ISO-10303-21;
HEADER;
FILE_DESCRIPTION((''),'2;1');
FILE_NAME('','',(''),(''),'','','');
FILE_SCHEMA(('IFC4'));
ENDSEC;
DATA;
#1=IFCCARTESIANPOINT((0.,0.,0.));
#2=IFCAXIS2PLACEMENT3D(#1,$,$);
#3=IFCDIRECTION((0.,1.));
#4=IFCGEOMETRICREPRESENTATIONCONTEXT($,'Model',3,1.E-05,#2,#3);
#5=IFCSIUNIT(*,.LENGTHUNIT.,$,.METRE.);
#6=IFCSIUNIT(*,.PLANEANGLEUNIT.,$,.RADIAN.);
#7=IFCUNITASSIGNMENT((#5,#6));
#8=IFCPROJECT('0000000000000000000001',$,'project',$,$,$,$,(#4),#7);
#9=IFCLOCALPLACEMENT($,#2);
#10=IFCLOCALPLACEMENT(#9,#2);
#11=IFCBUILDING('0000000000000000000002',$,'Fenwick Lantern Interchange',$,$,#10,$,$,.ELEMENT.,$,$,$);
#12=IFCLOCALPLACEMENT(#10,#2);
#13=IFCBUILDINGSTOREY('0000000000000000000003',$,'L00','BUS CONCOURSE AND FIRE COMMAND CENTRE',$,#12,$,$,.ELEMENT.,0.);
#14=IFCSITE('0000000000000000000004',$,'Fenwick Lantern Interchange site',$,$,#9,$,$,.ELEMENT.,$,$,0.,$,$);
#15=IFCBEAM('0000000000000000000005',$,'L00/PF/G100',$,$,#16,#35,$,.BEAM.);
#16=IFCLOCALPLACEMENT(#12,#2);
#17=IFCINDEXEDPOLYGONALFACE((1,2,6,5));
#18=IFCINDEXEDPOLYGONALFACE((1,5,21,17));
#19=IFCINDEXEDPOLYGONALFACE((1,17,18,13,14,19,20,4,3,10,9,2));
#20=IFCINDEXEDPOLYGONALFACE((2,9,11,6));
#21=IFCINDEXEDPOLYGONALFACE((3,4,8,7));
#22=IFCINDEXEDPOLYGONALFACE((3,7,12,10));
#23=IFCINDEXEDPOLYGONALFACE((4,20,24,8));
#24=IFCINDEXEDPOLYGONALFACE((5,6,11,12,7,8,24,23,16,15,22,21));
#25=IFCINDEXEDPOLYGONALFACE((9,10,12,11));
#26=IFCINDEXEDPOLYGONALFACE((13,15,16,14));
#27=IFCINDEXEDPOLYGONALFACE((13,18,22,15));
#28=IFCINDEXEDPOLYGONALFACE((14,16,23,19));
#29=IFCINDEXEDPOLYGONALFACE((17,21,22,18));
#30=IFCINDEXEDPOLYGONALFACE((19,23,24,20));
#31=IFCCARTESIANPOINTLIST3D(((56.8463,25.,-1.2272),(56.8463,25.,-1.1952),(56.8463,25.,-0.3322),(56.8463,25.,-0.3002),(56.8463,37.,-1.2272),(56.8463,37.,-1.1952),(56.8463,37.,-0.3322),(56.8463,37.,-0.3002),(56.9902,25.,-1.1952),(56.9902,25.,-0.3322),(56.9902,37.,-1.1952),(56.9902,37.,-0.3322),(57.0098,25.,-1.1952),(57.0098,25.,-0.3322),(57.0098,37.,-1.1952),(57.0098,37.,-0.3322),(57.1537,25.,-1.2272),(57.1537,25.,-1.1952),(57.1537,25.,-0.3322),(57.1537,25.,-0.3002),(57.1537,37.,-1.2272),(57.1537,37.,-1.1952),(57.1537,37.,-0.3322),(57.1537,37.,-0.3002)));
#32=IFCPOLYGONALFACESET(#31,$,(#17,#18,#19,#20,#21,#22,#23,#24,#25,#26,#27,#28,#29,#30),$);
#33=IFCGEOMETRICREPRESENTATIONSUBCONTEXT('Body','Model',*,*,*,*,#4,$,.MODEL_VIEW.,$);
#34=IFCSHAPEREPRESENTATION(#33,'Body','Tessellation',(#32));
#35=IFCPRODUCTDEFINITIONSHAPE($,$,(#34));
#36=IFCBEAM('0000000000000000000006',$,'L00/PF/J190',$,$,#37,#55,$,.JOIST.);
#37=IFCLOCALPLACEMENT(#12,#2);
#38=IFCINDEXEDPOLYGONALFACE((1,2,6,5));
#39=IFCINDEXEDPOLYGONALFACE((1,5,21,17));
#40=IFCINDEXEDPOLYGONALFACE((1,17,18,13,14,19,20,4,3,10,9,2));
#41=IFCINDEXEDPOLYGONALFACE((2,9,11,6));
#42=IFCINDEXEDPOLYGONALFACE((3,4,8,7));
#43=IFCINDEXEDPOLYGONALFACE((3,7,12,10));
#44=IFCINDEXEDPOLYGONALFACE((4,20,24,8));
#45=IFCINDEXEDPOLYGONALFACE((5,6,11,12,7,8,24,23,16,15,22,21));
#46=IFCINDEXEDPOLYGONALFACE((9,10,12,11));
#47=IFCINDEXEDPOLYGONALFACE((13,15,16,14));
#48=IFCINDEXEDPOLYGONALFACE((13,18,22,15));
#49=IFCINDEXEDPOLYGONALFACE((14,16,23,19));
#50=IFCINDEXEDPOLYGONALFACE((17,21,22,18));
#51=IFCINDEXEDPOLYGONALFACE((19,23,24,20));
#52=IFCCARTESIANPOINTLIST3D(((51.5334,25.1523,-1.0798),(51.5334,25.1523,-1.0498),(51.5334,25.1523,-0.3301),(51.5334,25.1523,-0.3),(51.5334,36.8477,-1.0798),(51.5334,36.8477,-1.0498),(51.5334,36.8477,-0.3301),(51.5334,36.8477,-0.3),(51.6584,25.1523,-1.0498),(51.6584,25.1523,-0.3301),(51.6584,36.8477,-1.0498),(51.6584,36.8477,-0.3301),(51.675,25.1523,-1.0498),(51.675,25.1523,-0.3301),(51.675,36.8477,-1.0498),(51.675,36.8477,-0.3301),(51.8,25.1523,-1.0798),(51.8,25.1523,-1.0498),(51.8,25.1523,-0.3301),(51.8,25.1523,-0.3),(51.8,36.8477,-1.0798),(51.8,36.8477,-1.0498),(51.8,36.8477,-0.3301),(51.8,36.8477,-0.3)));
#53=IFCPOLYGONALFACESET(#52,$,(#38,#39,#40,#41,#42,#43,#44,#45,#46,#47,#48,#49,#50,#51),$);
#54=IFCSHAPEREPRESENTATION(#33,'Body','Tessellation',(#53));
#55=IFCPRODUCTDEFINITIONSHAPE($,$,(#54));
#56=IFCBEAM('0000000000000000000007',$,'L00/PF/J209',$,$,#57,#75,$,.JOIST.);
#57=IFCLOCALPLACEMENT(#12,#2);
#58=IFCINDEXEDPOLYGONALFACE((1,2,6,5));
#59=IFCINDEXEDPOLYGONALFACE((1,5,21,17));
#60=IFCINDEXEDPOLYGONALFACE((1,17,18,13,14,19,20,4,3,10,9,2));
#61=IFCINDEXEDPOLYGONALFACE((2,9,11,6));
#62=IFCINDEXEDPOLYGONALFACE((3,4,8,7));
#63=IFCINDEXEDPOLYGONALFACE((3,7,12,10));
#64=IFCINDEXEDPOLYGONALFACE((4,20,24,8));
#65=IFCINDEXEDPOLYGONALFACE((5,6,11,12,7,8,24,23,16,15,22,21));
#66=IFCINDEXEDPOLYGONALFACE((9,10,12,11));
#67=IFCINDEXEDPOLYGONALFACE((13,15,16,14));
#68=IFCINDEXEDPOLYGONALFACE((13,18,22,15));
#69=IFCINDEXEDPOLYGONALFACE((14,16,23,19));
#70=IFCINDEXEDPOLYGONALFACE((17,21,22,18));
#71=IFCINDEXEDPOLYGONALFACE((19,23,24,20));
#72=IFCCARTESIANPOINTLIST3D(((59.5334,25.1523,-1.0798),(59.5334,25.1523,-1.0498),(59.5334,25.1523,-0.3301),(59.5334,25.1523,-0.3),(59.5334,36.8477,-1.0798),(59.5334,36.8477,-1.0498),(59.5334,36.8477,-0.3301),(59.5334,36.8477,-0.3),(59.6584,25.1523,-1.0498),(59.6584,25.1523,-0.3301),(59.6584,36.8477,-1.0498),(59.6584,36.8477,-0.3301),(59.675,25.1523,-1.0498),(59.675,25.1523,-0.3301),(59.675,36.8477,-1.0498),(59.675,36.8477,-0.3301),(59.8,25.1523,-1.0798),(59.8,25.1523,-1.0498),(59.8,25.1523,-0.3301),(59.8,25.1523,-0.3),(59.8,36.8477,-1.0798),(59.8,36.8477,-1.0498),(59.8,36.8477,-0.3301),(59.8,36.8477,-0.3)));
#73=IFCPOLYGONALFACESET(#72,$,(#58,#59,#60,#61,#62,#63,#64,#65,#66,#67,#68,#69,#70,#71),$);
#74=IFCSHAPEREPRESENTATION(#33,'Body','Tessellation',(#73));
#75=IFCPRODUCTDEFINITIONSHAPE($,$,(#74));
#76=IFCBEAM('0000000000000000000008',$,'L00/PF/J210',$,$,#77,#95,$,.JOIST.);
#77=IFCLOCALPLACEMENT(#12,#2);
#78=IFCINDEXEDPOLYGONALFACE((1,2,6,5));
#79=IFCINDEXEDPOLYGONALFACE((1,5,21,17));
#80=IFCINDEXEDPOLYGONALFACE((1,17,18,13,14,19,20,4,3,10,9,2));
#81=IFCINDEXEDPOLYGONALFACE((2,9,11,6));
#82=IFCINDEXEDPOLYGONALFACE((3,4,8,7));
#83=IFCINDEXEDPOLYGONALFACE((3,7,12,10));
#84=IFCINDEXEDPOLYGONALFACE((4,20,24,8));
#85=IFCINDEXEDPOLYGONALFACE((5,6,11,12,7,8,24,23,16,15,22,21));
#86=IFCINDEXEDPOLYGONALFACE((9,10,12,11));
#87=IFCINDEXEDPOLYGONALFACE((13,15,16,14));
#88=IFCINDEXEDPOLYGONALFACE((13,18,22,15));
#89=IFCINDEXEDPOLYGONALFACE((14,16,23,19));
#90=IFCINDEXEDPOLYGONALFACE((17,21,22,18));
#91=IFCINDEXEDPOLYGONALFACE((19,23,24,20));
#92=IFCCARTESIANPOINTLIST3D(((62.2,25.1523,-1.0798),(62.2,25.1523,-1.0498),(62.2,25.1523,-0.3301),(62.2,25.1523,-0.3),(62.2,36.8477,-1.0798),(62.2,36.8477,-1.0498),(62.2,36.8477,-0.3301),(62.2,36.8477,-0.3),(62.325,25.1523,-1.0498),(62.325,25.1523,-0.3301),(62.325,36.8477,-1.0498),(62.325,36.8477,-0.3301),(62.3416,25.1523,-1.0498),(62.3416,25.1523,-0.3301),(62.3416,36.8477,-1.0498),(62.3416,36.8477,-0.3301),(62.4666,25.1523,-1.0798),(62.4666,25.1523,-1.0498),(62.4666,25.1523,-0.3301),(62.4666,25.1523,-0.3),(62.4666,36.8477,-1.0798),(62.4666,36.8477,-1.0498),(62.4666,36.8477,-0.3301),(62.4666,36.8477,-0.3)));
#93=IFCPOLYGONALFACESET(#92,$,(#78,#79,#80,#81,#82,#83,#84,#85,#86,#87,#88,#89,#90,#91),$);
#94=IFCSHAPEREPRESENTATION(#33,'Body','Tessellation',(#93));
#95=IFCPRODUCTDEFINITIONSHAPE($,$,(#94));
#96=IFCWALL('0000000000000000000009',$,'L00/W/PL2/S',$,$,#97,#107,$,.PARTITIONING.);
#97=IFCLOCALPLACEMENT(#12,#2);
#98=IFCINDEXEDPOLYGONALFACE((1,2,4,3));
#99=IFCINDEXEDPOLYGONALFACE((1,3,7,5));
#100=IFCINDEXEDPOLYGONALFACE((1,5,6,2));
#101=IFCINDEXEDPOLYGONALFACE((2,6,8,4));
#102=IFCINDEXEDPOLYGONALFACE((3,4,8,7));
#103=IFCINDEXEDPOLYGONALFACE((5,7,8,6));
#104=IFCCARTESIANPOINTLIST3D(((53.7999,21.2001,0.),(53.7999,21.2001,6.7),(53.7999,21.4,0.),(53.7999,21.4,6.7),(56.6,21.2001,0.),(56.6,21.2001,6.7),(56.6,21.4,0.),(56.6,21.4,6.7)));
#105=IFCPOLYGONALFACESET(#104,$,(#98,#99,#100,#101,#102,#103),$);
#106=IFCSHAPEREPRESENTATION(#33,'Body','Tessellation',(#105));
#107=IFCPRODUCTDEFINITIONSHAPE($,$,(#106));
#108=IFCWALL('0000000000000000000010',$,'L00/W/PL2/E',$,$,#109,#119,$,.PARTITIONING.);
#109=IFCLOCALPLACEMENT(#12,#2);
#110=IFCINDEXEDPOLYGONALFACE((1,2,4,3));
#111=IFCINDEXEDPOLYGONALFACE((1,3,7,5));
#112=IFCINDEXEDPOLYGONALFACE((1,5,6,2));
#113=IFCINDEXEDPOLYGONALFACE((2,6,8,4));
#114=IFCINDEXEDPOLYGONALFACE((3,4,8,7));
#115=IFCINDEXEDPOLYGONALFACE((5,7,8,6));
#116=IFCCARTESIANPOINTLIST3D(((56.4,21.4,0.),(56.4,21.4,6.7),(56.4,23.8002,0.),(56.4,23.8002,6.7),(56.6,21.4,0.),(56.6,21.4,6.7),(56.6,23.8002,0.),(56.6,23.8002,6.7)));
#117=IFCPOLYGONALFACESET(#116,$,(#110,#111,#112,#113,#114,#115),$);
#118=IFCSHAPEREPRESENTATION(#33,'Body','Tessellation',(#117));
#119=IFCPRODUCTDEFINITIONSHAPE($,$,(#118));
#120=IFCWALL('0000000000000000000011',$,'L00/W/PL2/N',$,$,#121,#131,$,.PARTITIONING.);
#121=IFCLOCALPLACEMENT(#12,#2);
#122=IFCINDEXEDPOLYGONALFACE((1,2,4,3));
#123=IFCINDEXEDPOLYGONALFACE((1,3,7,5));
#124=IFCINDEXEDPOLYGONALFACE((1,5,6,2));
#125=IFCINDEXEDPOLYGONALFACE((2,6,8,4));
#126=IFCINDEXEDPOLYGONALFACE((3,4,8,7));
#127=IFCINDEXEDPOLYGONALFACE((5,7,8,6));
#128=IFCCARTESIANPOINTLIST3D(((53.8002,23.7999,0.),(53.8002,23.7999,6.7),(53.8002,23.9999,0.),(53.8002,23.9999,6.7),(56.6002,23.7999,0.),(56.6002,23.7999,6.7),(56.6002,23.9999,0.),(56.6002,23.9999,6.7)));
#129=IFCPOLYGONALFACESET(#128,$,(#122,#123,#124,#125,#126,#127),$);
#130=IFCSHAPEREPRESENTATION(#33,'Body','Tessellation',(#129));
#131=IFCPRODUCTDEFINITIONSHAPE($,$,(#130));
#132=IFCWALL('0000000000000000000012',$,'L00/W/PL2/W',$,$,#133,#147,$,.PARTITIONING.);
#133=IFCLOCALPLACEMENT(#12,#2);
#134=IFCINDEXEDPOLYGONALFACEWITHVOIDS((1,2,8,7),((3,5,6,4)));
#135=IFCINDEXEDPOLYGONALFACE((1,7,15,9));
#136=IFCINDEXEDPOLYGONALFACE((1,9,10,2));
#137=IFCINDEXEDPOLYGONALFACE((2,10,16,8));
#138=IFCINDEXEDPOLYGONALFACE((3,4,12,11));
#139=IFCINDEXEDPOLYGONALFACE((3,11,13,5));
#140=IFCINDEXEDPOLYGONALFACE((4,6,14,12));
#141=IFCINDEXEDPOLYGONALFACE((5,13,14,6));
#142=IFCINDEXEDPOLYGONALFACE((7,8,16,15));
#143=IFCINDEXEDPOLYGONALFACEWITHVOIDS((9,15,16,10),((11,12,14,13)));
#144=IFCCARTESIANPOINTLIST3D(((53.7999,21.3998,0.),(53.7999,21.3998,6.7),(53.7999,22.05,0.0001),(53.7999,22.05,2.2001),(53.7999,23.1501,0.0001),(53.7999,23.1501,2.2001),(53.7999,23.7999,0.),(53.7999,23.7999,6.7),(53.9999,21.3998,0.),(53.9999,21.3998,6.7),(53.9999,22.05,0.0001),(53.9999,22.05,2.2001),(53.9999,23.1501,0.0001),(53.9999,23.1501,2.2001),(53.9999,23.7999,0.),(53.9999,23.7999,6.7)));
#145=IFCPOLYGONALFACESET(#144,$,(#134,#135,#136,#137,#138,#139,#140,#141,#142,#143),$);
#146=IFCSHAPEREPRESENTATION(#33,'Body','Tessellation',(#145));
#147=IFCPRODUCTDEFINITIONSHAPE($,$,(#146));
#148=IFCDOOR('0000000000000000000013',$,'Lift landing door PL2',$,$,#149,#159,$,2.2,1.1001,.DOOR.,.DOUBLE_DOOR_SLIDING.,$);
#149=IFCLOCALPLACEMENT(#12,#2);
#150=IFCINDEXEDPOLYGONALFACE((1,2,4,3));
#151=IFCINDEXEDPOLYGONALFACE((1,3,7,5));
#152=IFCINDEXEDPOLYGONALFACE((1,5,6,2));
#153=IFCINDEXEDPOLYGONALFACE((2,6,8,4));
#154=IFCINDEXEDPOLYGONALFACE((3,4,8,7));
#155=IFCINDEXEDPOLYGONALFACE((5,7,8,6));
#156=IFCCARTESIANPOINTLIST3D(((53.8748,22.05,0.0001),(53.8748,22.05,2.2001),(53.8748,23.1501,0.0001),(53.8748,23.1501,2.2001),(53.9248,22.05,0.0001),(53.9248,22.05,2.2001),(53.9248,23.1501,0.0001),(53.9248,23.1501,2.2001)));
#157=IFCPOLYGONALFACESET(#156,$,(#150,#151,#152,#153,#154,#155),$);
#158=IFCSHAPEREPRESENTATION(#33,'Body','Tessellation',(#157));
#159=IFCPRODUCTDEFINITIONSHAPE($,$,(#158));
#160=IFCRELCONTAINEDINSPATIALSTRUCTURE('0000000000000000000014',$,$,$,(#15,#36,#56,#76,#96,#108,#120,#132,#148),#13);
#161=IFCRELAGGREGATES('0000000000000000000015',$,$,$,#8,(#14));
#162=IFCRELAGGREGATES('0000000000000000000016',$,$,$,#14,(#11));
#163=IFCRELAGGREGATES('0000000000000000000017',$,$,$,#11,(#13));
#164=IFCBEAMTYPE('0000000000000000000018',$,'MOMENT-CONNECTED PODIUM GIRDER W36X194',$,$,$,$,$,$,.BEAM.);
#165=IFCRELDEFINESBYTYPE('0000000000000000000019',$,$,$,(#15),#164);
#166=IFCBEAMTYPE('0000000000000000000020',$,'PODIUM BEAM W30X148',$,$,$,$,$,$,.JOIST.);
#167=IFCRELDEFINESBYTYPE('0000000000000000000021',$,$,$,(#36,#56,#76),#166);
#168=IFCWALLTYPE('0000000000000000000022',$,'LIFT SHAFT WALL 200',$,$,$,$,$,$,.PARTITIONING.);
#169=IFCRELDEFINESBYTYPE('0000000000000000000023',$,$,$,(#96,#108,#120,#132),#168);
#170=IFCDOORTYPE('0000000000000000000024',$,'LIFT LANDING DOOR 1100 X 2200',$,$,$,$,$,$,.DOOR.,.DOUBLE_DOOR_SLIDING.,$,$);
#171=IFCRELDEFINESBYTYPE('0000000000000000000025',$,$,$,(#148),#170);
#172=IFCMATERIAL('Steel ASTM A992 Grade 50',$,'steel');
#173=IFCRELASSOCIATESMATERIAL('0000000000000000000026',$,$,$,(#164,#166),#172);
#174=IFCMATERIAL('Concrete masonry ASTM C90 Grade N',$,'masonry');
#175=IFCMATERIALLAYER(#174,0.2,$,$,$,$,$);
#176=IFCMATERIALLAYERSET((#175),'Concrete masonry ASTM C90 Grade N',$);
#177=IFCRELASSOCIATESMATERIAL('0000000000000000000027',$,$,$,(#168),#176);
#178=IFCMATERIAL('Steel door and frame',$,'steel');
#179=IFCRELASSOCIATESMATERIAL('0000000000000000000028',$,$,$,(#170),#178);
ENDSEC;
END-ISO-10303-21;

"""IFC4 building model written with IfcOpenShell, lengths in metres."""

from ifc_helpers import new_model, si_unit, direction, frame, frame_2d, origin, origin_2d, place, context, subcontext, project, spatial, rectangle, i_section, extrude, material, layer, layer_set, material_profile, profile_set, type_object, element, fill, save


model = new_model("IFC4")

# Units and contexts
model_context = context("Model", 3, precision=1e-05, world=origin(), true_north=direction((0.0, 1.0)))
body_context = subcontext(model_context, "Body", "Model", "MODEL_VIEW")
ifc_project = project(units=[si_unit("LENGTHUNIT", "METRE"), si_unit("PLANEANGLEUNIT", "RADIAN")], contexts=[model_context])

# Site, building, storey
site_placement = place(None, origin())
site = spatial("IfcSite", under=ifc_project, at=site_placement, Name="Fenwick Lantern Interchange site", CompositionType="ELEMENT", RefElevation=0.0)
building_placement = place(site_placement, origin())
building = spatial("IfcBuilding", under=site, at=building_placement, Name="Fenwick Lantern Interchange", CompositionType="ELEMENT")
storey_placement = place(building_placement, origin())
storey = spatial("IfcBuildingStorey", under=building, at=storey_placement, Name="L00", Description="BUS CONCOURSE AND FIRE COMMAND CENTRE", CompositionType="ELEMENT", Elevation=0.0)

# Shared definitions
ifc_material_1 = material(Name="Steel ASTM A992 Grade 50", Category="steel")

# Beams
ifc_material_profile_1 = material_profile(ifc_material_1, i_section(OverallWidth=0.3074, OverallDepth=0.927, WebThickness=0.0195, FlangeThickness=0.032, at=origin_2d()), Name="W36X194")
ifc_profile_set_1 = profile_set([ifc_material_profile_1], Name="Steel ASTM A992 Grade 50")
beam_type_1 = type_object("IfcBeamType", Name="MOMENT-CONNECTED PODIUM GIRDER W36X194", PredefinedType="BEAM", material=ifc_profile_set_1)
beam_1_placement = place(storey_placement, frame((57.0, 25.0, -0.7637), z_axis=(0.0, 1.0, 0.0), x_axis=(-1.0, 0.0, 0.0)))
element("IfcBeam", 1, at=beam_1_placement, inside=storey, type_object=beam_type_1, Name="L00/PF/G100", PredefinedType="BEAM", context=body_context, shape_type="SweptSolid", body=[
    extrude(i_section(OverallWidth=0.3074, OverallDepth=0.927, WebThickness=0.0195, FlangeThickness=0.032, at=origin_2d()), origin(), (0.0, 0.0, 1.0), 12.0),
])
ifc_material_profile_2 = material_profile(ifc_material_1, i_section(OverallWidth=0.2666, OverallDepth=0.7798, WebThickness=0.0166, FlangeThickness=0.03, at=origin_2d()), Name="W30X148")
ifc_profile_set_2 = profile_set([ifc_material_profile_2], Name="Steel ASTM A992 Grade 50")
beam_type_2 = type_object("IfcBeamType", Name="PODIUM BEAM W30X148", PredefinedType="JOIST", material=ifc_profile_set_2)
for number, where, z_axis, x_axis, name in (
    (2, (51.6667, 25.1523, -0.6899), (0.0, 1.0, 0.0), (-1.0, 0.0, 0.0), "L00/PF/J190"),
    (3, (59.6667, 25.1523, -0.6899), (0.0, 1.0, 0.0), (-1.0, 0.0, 0.0), "L00/PF/J209"),
    (4, (62.3333, 25.1523, -0.6899), (0.0, 1.0, 0.0), (-1.0, 0.0, 0.0), "L00/PF/J210"),
):
    element("IfcBeam", number, at=place(storey_placement, frame(where, z_axis=z_axis, x_axis=x_axis)), inside=storey, type_object=beam_type_2, Name=name, PredefinedType="JOIST", context=body_context, shape_type="SweptSolid", body=[
        extrude(i_section(OverallWidth=0.2666, OverallDepth=0.7798, WebThickness=0.0166, FlangeThickness=0.03, at=origin_2d()), origin(), (0.0, 0.0, 1.0), 11.6953),
    ])

# Walls
ifc_material_2 = material(Name="Concrete masonry ASTM C90 Grade N", Category="masonry")
ifc_layer_1 = layer(ifc_material_2, 0.2)
ifc_layer_set_1 = layer_set([ifc_layer_1], Name="Concrete masonry ASTM C90 Grade N")
wall_type_1 = type_object("IfcWallType", Name="LIFT SHAFT WALL 200", PredefinedType="PARTITIONING", material=ifc_layer_set_1)
wall_1_placement = place(storey_placement, frame((53.8, 21.3, 0.0), z_axis=(0.0, 0.0, 1.0), x_axis=(1.0, 0.0, 0.0)))
element("IfcWall", 5, at=wall_1_placement, inside=storey, type_object=wall_type_1, Name="L00/W/PL2/S", PredefinedType="PARTITIONING", context=body_context, shape_type="SweptSolid", body=[
    extrude(rectangle(XDim=2.8, YDim=0.2, at=frame_2d((1.3999, 0.0))), origin(), (0.0, 0.0, 1.0), 6.7),
])
wall_2_placement = place(storey_placement, frame((56.5, 21.3999, 0.0), z_axis=(0.0, 0.0, 1.0), x_axis=(0.0, 1.0, 0.0)))
element("IfcWall", 6, at=wall_2_placement, inside=storey, type_object=wall_type_1, Name="L00/W/PL2/E", PredefinedType="PARTITIONING", context=body_context, shape_type="SweptSolid", body=[
    extrude(rectangle(XDim=2.4001, YDim=0.2, at=frame_2d((1.2002, 0.0))), origin(), (0.0, 0.0, 1.0), 6.7),
])
wall_3_placement = place(storey_placement, frame((56.6001, 23.8999, 0.0), z_axis=(0.0, 0.0, 1.0), x_axis=(-1.0, 0.0, 0.0)))
element("IfcWall", 7, at=wall_3_placement, inside=storey, type_object=wall_type_1, Name="L00/W/PL2/N", PredefinedType="PARTITIONING", context=body_context, shape_type="SweptSolid", body=[
    extrude(rectangle(XDim=2.8, YDim=0.2, at=frame_2d((1.3999, 0.0))), origin(), (0.0, 0.0, 1.0), 6.7),
])

# Wall, opening, door
wall_4_placement = place(storey_placement, frame((53.8999, 23.8, 0.0), z_axis=(0.0, 0.0, 1.0), x_axis=(0.0, -1.0, 0.0)))
wall_4 = element("IfcWall", 8, at=wall_4_placement, inside=storey, type_object=wall_type_1, Name="L00/W/PL2/W", PredefinedType="PARTITIONING", context=body_context, shape_type="SweptSolid", body=[
    extrude(rectangle(XDim=2.4001, YDim=0.2, at=frame_2d((1.2002, 0.0))), origin(), (0.0, 0.0, 1.0), 6.7),
])
opening_1_placement = place(wall_4_placement, frame((0.6499, 0.0, 0.0)))
opening_1 = element("IfcOpeningElement", 9, at=opening_1_placement, cuts=wall_4, PredefinedType="OPENING", context=body_context, shape_type="SweptSolid", body=[
    extrude(rectangle(XDim=1.1001, YDim=2.2, at=frame_2d((0.55, 1.1001))), frame((0.0, 0.1099, 0.0), z_axis=(0.0, -1.0, 0.0), x_axis=(1.0, 0.0, 0.0)), (0.0, 0.0, 1.0), 0.22),
])
ifc_material_3 = material(Name="Steel door and frame", Category="steel")
door_type_1 = type_object("IfcDoorType", Name="LIFT LANDING DOOR 1100 X 2200", OperationType="DOUBLE_DOOR_SLIDING", PredefinedType="DOOR", material=ifc_material_3)
door_1_placement = place(opening_1_placement, origin())
door_1 = element("IfcDoor", 10, at=door_1_placement, inside=storey, type_object=door_type_1, Name="Lift landing door PL2", OperationType="DOUBLE_DOOR_SLIDING", OverallHeight=2.2, OverallWidth=1.1001, PredefinedType="DOOR", context=body_context, shape_type="SweptSolid", body=[
    extrude(rectangle(XDim=1.1001, YDim=2.2, at=frame_2d((0.55, 1.1001))), frame((0.0, 0.0249, 0.0), z_axis=(0.0, -1.0, 0.0), x_axis=(1.0, 0.0, 0.0)), (0.0, 0.0, 1.0), 0.05),
])
fill(opening_1, door_1)

save(model, "model.ifc")
